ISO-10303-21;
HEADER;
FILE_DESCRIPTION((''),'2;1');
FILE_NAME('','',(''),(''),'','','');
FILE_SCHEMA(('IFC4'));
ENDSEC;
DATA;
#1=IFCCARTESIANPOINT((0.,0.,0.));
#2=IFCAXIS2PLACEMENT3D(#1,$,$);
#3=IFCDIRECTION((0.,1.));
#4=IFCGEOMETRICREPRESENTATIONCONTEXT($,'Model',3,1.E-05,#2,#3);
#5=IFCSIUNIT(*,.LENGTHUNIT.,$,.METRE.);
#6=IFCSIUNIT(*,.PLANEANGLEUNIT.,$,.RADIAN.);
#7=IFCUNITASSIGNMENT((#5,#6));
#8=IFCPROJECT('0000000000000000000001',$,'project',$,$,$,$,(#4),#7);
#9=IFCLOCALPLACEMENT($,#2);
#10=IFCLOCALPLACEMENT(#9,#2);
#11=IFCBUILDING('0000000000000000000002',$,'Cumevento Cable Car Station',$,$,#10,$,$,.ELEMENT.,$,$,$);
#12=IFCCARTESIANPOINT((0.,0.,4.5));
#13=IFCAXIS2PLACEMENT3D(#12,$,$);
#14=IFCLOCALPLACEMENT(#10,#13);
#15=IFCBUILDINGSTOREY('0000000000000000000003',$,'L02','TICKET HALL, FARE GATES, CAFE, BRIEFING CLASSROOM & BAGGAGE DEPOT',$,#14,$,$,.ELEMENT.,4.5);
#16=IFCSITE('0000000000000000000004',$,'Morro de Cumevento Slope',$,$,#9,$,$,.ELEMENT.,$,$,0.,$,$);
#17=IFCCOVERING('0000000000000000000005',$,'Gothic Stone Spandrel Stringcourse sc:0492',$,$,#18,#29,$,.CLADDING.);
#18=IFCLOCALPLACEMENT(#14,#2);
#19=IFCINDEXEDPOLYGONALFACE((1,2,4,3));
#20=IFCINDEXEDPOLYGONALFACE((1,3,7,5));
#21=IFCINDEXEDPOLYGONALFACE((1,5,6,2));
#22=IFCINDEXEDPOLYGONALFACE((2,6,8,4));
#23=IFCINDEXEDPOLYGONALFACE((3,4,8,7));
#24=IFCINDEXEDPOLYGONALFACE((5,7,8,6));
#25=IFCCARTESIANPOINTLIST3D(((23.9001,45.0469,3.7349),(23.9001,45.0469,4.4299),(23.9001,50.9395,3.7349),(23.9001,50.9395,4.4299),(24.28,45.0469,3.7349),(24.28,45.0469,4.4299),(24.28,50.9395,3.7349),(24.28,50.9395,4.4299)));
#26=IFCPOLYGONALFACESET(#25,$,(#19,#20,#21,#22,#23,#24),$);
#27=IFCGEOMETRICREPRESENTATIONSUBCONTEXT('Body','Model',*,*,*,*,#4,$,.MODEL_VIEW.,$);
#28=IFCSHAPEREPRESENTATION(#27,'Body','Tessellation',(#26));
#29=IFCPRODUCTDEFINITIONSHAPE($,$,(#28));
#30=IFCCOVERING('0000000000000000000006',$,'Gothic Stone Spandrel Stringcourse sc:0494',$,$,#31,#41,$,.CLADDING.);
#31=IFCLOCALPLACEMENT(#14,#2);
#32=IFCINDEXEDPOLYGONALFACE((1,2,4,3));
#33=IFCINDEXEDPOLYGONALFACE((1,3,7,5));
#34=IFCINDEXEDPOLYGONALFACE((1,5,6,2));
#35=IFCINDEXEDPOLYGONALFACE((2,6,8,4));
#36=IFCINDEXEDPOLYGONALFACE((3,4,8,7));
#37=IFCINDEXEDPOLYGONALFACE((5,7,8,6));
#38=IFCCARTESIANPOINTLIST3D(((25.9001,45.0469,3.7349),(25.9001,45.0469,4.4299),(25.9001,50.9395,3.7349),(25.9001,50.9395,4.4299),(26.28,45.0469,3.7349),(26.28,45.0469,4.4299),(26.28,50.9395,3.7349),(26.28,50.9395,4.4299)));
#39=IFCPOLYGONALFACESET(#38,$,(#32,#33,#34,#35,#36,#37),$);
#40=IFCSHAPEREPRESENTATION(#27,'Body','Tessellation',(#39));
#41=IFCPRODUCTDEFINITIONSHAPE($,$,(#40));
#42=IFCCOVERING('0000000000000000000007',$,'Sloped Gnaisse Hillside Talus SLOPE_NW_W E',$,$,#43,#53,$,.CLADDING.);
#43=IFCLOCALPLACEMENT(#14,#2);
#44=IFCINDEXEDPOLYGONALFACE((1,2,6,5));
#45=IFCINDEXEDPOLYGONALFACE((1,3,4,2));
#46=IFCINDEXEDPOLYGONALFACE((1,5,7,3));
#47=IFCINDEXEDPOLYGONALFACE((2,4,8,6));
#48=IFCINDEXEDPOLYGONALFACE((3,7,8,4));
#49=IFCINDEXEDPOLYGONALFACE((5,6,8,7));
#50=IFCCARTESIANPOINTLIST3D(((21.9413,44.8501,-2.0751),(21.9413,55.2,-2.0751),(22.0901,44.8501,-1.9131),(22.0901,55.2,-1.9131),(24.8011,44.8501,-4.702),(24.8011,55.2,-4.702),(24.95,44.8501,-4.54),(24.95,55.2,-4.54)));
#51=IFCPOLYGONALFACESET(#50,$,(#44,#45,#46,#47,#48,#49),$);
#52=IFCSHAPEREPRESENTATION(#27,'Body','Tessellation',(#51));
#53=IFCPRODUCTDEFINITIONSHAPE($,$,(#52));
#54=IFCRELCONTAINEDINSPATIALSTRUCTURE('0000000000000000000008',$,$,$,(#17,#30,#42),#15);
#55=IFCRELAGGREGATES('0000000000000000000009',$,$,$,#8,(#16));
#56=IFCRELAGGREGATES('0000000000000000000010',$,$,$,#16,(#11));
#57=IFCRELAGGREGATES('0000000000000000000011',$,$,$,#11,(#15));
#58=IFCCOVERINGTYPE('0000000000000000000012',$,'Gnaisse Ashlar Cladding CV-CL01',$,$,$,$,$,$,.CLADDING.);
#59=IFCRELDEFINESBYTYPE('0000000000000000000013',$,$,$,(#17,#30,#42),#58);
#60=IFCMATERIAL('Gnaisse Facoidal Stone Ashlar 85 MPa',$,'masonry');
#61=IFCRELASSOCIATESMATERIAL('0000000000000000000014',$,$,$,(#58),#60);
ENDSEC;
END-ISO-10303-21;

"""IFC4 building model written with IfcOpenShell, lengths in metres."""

from ifc_helpers import new_model, si_unit, direction, frame, origin, origin_2d, place, context, subcontext, project, spatial, polyline, rectangle, outline, extrude, material, type_object, element, save


model = new_model("IFC4")

# Units and contexts
model_context = context("Model", 3, precision=1e-05, world=origin(), true_north=direction((0.0, 1.0)))
body_context = subcontext(model_context, "Body", "Model", "MODEL_VIEW")
ifc_project = project(units=[si_unit("LENGTHUNIT", "METRE"), si_unit("PLANEANGLEUNIT", "RADIAN")], contexts=[model_context])

# Site, building, storey
site_placement = place(None, origin())
site = spatial("IfcSite", under=ifc_project, at=site_placement, Name="Morro de Cumevento Slope", CompositionType="ELEMENT", RefElevation=0.0)
building_placement = place(site_placement, origin())
building = spatial("IfcBuilding", under=site, at=building_placement, Name="Cumevento Cable Car Station", CompositionType="ELEMENT")
storey_placement = place(building_placement, frame((0.0, 0.0, 4.5)))
storey = spatial("IfcBuildingStorey", under=building, at=storey_placement, Name="L02", Description="TICKET HALL, FARE GATES, CAFE, BRIEFING CLASSROOM & BAGGAGE DEPOT", CompositionType="ELEMENT", Elevation=4.5)

# Coverings
ifc_material_1 = material(Name="Gnaisse Facoidal Stone Ashlar 85 MPa", Category="masonry")
covering_type = type_object("IfcCoveringType", Name="Gnaisse Ashlar Cladding CV-CL01", PredefinedType="CLADDING", material=ifc_material_1)
for number, where, z_axis, x_axis, name in (
    (1, (24.0901, 47.9932, 3.7349), (0.0, 0.0, 1.0), (0.0, 1.0, 0.0), "Gothic Stone Spandrel Stringcourse sc:0492"),
    (2, (26.0901, 47.9932, 3.7349), (0.0, 0.0, 1.0), (0.0, 1.0, 0.0), "Gothic Stone Spandrel Stringcourse sc:0494"),
):
    element("IfcCovering", number, at=place(storey_placement, frame(where, z_axis=z_axis, x_axis=x_axis)), inside=storey, type_object=covering_type, Name=name, PredefinedType="CLADDING", context=body_context, shape_type="SweptSolid", body=[
        extrude(rectangle(XDim=5.8926, YDim=0.3799, at=origin_2d()), origin(), (0.0, 0.0, 1.0), 0.6951),
    ])
covering_1_placement = place(storey_placement, frame((24.95, 44.8501, -4.54), z_axis=(0.676482, 0.0, 0.73646), x_axis=(0.0, 1.0, 0.0)))
element("IfcCovering", 3, at=covering_1_placement, inside=storey, type_object=covering_type, Name="Sloped Gnaisse Hillside Talus SLOPE_NW_W E", PredefinedType="CLADDING", context=body_context, shape_type="SweptSolid", body=[
    extrude(outline(polyline([(0.0, 0.0), (10.3499, 0.0), (10.3499, 3.8833), (0.0, 3.8833), (0.0, 0.0)])), origin(), (0.0, 0.0, -1.0), 0.22),
])

save(model, "model.ifc")
